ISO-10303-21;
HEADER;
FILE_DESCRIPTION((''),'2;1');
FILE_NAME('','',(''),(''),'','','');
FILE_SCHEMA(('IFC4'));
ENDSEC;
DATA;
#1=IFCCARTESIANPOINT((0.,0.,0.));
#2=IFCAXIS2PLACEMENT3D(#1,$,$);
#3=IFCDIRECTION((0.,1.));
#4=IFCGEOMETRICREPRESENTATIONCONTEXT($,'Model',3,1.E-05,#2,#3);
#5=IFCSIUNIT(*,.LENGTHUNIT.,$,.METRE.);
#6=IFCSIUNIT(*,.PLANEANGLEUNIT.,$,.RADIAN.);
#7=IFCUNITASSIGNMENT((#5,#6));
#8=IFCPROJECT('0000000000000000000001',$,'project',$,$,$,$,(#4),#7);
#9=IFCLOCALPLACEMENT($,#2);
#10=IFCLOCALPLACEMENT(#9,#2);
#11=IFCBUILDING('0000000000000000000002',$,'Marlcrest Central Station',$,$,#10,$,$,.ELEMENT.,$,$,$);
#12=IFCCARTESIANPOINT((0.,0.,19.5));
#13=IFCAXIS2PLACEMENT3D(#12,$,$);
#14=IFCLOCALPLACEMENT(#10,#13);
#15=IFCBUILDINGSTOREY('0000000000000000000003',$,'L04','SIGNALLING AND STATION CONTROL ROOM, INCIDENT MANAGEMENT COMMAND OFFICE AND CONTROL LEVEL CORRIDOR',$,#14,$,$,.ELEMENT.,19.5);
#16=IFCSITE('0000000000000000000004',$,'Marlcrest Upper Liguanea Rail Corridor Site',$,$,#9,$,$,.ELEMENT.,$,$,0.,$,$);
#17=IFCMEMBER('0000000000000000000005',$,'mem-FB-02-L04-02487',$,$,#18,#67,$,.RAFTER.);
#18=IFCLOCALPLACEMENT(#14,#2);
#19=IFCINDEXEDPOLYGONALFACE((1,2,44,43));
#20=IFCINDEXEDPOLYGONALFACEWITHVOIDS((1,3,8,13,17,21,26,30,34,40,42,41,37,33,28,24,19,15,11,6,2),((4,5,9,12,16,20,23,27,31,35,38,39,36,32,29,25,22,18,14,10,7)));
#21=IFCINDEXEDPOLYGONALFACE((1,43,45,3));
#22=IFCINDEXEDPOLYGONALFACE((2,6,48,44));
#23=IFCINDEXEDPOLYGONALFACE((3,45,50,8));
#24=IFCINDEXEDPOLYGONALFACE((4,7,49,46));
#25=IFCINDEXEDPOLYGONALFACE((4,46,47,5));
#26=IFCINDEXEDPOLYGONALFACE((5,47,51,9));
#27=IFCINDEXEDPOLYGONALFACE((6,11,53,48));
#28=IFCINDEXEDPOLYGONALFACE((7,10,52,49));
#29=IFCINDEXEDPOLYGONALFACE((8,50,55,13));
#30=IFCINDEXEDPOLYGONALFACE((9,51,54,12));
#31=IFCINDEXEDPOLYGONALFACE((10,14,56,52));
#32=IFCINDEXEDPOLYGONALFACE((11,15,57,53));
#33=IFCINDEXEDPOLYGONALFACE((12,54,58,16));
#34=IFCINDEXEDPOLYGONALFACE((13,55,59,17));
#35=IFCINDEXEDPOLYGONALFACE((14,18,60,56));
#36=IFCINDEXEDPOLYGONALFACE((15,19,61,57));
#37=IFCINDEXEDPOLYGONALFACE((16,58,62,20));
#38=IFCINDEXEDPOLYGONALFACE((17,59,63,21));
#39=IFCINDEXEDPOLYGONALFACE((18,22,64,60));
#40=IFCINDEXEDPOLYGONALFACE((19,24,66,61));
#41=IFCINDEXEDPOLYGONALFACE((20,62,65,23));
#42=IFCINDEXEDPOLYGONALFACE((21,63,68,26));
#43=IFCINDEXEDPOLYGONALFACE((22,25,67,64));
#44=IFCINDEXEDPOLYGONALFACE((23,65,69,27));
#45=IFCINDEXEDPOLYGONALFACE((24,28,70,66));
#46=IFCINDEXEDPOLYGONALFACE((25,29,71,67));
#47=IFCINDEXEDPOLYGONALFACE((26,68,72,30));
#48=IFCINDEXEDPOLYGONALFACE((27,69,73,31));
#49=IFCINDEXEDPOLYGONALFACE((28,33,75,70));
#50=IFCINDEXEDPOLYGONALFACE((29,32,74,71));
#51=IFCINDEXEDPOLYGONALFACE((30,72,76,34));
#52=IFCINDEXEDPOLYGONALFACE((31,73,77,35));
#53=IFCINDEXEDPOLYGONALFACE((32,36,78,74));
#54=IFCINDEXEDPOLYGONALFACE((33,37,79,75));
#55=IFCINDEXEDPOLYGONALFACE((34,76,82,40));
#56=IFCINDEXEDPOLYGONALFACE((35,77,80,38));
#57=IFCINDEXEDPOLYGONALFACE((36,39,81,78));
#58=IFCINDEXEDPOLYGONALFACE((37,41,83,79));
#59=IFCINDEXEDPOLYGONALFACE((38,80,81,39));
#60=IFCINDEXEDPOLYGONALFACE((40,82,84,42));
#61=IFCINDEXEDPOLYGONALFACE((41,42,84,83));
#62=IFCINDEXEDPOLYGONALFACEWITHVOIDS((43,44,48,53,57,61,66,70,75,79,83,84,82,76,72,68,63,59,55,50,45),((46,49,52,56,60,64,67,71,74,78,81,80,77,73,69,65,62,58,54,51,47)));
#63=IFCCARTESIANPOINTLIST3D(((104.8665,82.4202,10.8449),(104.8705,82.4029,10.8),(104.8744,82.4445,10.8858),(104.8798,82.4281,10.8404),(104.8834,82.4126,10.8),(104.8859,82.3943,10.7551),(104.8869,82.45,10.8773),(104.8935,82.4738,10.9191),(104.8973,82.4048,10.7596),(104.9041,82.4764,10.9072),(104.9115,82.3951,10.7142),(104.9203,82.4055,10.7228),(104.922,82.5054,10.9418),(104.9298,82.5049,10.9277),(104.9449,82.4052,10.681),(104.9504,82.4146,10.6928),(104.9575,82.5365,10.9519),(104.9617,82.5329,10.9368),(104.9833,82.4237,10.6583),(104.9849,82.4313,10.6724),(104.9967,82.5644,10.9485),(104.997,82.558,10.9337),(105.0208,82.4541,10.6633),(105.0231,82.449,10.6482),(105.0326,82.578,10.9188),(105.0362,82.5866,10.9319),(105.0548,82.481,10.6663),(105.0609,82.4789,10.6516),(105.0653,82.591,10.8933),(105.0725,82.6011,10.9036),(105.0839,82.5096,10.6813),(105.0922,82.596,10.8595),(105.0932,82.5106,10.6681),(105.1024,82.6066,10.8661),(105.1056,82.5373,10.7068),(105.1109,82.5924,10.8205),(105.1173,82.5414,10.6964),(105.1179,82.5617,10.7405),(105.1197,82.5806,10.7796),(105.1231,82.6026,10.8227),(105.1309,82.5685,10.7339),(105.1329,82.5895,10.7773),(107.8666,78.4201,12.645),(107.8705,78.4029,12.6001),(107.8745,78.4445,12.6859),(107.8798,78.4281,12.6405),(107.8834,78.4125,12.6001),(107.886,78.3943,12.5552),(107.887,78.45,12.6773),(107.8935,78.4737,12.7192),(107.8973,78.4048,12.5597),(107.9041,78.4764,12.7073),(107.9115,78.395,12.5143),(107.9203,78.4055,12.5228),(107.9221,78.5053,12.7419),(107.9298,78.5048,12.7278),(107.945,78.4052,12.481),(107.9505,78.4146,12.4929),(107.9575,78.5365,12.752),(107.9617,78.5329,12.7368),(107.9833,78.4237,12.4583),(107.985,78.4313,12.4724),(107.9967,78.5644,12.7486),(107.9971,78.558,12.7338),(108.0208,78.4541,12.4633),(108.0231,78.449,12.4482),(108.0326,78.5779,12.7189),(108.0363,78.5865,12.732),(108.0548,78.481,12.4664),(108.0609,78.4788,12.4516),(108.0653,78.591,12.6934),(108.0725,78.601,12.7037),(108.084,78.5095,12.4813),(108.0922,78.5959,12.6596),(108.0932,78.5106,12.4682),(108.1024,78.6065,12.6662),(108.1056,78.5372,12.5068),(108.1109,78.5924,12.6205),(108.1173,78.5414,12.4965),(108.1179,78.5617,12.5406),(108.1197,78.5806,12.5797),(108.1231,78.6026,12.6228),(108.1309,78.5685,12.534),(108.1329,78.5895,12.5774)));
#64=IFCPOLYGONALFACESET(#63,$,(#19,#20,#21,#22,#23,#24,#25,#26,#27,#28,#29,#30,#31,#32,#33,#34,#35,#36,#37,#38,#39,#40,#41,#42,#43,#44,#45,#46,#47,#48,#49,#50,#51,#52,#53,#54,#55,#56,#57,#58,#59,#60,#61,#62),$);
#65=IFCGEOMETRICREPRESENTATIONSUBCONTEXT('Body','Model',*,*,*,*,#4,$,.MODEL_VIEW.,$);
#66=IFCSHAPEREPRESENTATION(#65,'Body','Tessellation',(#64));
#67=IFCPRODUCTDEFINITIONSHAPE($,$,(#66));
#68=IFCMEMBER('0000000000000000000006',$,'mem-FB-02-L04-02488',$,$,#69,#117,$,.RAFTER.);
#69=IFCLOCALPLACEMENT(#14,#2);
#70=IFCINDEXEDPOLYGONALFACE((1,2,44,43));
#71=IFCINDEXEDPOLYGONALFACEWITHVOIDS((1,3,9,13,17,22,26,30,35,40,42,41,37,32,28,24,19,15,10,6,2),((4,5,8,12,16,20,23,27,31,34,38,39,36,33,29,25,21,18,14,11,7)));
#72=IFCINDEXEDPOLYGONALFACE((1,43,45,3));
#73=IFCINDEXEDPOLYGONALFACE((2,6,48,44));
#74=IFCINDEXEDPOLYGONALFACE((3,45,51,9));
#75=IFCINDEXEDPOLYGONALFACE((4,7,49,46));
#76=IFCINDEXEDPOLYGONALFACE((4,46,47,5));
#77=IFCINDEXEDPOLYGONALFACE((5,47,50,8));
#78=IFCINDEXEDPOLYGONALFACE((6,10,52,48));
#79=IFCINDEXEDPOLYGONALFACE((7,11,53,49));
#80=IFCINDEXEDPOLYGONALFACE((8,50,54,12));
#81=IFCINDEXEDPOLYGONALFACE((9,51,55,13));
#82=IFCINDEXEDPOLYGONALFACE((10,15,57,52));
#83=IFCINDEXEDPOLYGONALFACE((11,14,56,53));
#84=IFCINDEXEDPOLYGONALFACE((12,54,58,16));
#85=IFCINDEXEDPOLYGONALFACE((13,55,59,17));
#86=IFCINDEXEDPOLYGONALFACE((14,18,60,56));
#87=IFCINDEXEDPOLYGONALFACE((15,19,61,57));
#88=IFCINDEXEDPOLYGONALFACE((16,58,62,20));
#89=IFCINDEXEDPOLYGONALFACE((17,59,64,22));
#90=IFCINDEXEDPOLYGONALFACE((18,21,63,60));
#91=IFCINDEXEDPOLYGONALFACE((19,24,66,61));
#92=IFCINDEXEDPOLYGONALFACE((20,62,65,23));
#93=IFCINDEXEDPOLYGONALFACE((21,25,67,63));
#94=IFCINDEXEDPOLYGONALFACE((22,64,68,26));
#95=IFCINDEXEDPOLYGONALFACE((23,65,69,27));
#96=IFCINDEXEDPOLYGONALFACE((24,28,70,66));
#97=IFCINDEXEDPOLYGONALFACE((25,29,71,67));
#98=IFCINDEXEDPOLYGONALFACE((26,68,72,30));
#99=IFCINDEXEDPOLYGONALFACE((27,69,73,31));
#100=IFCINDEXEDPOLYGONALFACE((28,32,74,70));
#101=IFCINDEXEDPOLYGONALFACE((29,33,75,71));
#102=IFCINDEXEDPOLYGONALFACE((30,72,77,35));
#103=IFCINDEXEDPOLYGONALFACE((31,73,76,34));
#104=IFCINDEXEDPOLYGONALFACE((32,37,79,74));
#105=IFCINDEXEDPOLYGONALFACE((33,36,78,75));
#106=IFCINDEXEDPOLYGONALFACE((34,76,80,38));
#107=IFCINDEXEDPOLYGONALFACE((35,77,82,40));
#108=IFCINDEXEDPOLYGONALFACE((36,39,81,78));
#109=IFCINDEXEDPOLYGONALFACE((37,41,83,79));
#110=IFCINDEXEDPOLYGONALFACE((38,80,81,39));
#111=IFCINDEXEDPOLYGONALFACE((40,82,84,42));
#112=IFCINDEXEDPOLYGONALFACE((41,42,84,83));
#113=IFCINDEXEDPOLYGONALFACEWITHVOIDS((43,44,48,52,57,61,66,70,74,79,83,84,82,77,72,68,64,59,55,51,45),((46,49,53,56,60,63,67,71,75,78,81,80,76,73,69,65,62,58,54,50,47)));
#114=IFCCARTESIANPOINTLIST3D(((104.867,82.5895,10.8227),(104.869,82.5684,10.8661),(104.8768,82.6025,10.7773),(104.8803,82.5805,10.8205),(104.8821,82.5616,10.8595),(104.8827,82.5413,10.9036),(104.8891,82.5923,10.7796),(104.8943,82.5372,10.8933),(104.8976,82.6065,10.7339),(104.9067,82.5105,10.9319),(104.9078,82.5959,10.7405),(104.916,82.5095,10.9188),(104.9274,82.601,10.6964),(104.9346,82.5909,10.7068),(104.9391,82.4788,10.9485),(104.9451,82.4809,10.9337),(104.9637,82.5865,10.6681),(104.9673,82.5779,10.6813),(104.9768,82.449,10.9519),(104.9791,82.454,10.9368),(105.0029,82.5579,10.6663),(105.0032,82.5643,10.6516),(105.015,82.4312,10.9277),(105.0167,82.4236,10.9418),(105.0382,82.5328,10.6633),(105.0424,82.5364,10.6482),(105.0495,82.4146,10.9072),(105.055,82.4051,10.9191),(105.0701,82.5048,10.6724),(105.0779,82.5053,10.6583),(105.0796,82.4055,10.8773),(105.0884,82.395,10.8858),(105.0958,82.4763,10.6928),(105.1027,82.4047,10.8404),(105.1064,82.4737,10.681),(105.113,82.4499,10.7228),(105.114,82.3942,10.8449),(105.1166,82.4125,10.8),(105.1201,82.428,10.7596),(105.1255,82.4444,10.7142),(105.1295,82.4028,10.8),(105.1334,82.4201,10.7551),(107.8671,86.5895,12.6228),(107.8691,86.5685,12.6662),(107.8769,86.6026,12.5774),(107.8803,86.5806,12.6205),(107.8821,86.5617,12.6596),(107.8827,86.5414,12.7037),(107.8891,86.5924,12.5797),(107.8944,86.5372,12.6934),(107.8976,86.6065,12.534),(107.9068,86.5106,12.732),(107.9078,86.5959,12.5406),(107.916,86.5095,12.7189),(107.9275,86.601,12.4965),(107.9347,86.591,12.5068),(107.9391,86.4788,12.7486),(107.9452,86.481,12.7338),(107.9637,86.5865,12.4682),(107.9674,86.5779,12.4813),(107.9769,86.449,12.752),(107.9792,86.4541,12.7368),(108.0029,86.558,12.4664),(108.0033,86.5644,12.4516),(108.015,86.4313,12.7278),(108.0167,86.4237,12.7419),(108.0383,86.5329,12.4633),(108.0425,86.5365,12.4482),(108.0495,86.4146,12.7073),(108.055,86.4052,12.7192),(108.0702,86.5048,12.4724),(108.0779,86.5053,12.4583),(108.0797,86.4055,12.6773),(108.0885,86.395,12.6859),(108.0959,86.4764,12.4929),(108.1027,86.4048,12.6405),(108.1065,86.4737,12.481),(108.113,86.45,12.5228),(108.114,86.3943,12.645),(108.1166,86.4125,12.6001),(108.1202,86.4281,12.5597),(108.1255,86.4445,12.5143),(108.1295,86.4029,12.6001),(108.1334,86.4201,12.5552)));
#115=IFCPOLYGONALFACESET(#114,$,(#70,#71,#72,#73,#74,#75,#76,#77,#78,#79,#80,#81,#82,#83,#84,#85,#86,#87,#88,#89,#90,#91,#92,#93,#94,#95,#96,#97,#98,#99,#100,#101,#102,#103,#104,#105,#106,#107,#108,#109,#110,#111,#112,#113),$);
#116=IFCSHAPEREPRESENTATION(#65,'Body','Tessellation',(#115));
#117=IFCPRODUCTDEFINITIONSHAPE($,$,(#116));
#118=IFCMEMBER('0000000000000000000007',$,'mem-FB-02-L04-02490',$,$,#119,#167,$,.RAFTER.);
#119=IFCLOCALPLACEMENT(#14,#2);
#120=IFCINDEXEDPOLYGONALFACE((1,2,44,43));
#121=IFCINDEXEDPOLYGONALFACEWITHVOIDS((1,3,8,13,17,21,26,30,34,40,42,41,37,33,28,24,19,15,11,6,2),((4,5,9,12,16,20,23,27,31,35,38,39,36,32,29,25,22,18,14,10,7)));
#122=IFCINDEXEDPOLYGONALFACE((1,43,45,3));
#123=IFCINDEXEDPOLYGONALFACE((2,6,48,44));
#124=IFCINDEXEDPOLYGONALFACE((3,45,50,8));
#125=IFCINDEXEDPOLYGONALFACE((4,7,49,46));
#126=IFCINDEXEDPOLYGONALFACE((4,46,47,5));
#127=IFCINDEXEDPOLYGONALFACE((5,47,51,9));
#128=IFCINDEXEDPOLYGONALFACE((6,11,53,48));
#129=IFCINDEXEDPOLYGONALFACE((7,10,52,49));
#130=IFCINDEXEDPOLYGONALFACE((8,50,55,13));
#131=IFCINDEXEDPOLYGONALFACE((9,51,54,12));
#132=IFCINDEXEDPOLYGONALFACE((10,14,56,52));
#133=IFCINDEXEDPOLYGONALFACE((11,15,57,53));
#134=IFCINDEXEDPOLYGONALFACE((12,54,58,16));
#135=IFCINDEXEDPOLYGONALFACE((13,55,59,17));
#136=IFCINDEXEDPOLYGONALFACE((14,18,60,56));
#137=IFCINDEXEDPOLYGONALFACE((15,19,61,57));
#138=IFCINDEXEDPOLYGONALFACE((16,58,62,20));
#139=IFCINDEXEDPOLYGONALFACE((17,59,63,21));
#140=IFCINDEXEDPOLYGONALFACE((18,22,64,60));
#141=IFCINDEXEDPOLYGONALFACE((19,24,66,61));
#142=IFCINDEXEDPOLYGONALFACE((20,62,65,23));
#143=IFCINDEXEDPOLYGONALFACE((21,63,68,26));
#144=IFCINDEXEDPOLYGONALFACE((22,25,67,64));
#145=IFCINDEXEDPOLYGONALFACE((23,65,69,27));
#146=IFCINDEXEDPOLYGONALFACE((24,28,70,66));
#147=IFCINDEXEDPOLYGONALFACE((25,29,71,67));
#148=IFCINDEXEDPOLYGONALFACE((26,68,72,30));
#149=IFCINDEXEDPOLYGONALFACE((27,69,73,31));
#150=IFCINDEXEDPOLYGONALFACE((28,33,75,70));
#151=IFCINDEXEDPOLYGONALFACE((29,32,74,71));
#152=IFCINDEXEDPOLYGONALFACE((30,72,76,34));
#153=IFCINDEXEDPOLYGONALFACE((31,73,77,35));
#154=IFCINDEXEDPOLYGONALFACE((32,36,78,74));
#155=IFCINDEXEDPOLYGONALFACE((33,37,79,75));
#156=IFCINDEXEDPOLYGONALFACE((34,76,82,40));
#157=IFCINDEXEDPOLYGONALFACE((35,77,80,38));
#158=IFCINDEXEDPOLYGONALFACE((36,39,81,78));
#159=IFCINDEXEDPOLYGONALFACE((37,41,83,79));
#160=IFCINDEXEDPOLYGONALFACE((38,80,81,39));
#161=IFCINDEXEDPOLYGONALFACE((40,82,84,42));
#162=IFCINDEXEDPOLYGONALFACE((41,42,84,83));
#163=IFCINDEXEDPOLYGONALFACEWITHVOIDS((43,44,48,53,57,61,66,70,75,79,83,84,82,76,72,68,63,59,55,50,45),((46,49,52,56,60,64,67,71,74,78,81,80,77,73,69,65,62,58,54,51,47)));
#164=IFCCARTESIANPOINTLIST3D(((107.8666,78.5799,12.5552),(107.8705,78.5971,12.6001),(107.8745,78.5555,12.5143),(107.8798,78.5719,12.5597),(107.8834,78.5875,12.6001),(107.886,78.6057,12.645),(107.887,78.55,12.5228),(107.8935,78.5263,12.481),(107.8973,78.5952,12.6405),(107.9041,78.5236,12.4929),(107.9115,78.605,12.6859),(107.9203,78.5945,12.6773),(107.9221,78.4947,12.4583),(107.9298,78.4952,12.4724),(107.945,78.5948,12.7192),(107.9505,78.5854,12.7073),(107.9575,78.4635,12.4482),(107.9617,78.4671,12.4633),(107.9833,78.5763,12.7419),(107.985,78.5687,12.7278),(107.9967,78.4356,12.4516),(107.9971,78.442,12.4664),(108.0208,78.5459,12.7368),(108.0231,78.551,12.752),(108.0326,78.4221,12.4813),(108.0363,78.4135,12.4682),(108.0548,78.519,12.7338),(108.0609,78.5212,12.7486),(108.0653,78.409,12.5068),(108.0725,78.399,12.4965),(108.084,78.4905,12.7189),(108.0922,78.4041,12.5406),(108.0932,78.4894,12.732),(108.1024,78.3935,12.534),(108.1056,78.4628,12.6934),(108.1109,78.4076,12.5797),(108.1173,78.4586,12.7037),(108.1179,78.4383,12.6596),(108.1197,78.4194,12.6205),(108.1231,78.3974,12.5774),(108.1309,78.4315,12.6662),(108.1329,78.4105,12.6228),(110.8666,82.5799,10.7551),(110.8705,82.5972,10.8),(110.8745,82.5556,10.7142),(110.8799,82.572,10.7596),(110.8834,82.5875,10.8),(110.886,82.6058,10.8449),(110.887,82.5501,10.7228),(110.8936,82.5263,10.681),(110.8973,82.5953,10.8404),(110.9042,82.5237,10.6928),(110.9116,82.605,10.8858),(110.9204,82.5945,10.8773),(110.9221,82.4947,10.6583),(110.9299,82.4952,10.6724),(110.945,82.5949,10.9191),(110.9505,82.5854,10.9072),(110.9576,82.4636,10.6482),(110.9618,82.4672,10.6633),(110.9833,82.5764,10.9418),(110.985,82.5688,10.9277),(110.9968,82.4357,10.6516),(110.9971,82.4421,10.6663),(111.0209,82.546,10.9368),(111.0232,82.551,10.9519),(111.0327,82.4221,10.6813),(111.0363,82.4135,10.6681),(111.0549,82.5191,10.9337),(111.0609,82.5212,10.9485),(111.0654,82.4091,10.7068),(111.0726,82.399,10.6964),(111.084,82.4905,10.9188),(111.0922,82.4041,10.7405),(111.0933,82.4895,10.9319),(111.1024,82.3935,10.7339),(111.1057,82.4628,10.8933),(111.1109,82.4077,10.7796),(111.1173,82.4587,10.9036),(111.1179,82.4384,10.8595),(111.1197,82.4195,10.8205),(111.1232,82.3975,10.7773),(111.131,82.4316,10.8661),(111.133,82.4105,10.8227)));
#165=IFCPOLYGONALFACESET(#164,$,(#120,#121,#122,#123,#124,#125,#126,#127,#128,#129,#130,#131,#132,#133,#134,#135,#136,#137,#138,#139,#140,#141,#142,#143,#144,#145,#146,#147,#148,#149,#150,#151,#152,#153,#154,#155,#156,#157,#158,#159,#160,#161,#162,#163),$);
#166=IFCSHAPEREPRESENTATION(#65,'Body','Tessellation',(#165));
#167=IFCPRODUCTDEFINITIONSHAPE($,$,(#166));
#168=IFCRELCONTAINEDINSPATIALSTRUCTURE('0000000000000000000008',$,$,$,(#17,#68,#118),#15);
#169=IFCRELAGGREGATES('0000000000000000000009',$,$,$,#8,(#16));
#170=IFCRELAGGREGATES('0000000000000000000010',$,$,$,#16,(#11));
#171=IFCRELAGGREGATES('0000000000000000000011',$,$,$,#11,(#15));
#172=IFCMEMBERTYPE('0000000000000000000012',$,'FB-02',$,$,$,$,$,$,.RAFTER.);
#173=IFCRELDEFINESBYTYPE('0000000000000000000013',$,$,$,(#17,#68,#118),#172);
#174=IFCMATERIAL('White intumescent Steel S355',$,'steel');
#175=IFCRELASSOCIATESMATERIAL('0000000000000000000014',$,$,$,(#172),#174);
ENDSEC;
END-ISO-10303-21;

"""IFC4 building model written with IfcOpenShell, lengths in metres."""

from ifc_helpers import new_model, si_unit, direction, frame, origin, origin_2d, place, context, subcontext, project, spatial, hollow_circle, extrude, material, material_profile, profile_set, type_object, element, save


model = new_model("IFC4")

# Units and contexts
model_context = context("Model", 3, precision=1e-05, world=origin(), true_north=direction((0.0, 1.0)))
body_context = subcontext(model_context, "Body", "Model", "MODEL_VIEW")
ifc_project = project(units=[si_unit("LENGTHUNIT", "METRE"), si_unit("PLANEANGLEUNIT", "RADIAN")], contexts=[model_context])

# Site, building, storey
site_placement = place(None, origin())
site = spatial("IfcSite", under=ifc_project, at=site_placement, Name="Marlcrest Upper Liguanea Rail Corridor Site", CompositionType="ELEMENT", RefElevation=0.0)
building_placement = place(site_placement, origin())
building = spatial("IfcBuilding", under=site, at=building_placement, Name="Marlcrest Central Station", CompositionType="ELEMENT")
storey_placement = place(building_placement, frame((0.0, 0.0, 19.5)))
storey = spatial("IfcBuildingStorey", under=building, at=storey_placement, Name="L04", Description="SIGNALLING AND STATION CONTROL ROOM, INCIDENT MANAGEMENT COMMAND OFFICE AND CONTROL LEVEL CORRIDOR", CompositionType="ELEMENT", Elevation=19.5)

# Members
ifc_material_1 = material(Name="White intumescent Steel S355", Category="steel")
ifc_material_profile_1 = material_profile(ifc_material_1, hollow_circle(Radius=0.1619, WallThickness=0.0161, at=origin_2d()), Name="CHS 323.9x16")
ifc_profile_set_1 = profile_set([ifc_material_profile_1], Name="White intumescent Steel S355")
member_type_1 = type_object("IfcMemberType", Name="FB-02", PredefinedType="RAFTER", material=ifc_profile_set_1)
for number, where, z_axis, x_axis, name in (
    (1, (108.0, 78.5, 12.6001), (-0.564531, 0.752708, -0.338728), (-0.8, -0.6, 0.0), "mem-FB-02-L04-02487"),
    (2, (108.0, 86.5, 12.6001), (-0.564531, -0.752708, -0.338728), (0.8, -0.6, 0.0), "mem-FB-02-L04-02488"),
    (3, (108.0, 78.5, 12.6001), (0.564531, 0.752708, -0.338728), (-0.8, 0.6, 0.0), "mem-FB-02-L04-02490"),
):
    element("IfcMember", number, at=place(storey_placement, frame(where, z_axis=z_axis, x_axis=x_axis)), inside=storey, type_object=member_type_1, Name=name, PredefinedType="RAFTER", context=body_context, shape_type="SweptSolid", body=[
        extrude(hollow_circle(Radius=0.1619, WallThickness=0.0161, at=origin_2d()), origin(), (0.0, 0.0, 1.0), 5.3142),
    ])

save(model, "model.ifc")
